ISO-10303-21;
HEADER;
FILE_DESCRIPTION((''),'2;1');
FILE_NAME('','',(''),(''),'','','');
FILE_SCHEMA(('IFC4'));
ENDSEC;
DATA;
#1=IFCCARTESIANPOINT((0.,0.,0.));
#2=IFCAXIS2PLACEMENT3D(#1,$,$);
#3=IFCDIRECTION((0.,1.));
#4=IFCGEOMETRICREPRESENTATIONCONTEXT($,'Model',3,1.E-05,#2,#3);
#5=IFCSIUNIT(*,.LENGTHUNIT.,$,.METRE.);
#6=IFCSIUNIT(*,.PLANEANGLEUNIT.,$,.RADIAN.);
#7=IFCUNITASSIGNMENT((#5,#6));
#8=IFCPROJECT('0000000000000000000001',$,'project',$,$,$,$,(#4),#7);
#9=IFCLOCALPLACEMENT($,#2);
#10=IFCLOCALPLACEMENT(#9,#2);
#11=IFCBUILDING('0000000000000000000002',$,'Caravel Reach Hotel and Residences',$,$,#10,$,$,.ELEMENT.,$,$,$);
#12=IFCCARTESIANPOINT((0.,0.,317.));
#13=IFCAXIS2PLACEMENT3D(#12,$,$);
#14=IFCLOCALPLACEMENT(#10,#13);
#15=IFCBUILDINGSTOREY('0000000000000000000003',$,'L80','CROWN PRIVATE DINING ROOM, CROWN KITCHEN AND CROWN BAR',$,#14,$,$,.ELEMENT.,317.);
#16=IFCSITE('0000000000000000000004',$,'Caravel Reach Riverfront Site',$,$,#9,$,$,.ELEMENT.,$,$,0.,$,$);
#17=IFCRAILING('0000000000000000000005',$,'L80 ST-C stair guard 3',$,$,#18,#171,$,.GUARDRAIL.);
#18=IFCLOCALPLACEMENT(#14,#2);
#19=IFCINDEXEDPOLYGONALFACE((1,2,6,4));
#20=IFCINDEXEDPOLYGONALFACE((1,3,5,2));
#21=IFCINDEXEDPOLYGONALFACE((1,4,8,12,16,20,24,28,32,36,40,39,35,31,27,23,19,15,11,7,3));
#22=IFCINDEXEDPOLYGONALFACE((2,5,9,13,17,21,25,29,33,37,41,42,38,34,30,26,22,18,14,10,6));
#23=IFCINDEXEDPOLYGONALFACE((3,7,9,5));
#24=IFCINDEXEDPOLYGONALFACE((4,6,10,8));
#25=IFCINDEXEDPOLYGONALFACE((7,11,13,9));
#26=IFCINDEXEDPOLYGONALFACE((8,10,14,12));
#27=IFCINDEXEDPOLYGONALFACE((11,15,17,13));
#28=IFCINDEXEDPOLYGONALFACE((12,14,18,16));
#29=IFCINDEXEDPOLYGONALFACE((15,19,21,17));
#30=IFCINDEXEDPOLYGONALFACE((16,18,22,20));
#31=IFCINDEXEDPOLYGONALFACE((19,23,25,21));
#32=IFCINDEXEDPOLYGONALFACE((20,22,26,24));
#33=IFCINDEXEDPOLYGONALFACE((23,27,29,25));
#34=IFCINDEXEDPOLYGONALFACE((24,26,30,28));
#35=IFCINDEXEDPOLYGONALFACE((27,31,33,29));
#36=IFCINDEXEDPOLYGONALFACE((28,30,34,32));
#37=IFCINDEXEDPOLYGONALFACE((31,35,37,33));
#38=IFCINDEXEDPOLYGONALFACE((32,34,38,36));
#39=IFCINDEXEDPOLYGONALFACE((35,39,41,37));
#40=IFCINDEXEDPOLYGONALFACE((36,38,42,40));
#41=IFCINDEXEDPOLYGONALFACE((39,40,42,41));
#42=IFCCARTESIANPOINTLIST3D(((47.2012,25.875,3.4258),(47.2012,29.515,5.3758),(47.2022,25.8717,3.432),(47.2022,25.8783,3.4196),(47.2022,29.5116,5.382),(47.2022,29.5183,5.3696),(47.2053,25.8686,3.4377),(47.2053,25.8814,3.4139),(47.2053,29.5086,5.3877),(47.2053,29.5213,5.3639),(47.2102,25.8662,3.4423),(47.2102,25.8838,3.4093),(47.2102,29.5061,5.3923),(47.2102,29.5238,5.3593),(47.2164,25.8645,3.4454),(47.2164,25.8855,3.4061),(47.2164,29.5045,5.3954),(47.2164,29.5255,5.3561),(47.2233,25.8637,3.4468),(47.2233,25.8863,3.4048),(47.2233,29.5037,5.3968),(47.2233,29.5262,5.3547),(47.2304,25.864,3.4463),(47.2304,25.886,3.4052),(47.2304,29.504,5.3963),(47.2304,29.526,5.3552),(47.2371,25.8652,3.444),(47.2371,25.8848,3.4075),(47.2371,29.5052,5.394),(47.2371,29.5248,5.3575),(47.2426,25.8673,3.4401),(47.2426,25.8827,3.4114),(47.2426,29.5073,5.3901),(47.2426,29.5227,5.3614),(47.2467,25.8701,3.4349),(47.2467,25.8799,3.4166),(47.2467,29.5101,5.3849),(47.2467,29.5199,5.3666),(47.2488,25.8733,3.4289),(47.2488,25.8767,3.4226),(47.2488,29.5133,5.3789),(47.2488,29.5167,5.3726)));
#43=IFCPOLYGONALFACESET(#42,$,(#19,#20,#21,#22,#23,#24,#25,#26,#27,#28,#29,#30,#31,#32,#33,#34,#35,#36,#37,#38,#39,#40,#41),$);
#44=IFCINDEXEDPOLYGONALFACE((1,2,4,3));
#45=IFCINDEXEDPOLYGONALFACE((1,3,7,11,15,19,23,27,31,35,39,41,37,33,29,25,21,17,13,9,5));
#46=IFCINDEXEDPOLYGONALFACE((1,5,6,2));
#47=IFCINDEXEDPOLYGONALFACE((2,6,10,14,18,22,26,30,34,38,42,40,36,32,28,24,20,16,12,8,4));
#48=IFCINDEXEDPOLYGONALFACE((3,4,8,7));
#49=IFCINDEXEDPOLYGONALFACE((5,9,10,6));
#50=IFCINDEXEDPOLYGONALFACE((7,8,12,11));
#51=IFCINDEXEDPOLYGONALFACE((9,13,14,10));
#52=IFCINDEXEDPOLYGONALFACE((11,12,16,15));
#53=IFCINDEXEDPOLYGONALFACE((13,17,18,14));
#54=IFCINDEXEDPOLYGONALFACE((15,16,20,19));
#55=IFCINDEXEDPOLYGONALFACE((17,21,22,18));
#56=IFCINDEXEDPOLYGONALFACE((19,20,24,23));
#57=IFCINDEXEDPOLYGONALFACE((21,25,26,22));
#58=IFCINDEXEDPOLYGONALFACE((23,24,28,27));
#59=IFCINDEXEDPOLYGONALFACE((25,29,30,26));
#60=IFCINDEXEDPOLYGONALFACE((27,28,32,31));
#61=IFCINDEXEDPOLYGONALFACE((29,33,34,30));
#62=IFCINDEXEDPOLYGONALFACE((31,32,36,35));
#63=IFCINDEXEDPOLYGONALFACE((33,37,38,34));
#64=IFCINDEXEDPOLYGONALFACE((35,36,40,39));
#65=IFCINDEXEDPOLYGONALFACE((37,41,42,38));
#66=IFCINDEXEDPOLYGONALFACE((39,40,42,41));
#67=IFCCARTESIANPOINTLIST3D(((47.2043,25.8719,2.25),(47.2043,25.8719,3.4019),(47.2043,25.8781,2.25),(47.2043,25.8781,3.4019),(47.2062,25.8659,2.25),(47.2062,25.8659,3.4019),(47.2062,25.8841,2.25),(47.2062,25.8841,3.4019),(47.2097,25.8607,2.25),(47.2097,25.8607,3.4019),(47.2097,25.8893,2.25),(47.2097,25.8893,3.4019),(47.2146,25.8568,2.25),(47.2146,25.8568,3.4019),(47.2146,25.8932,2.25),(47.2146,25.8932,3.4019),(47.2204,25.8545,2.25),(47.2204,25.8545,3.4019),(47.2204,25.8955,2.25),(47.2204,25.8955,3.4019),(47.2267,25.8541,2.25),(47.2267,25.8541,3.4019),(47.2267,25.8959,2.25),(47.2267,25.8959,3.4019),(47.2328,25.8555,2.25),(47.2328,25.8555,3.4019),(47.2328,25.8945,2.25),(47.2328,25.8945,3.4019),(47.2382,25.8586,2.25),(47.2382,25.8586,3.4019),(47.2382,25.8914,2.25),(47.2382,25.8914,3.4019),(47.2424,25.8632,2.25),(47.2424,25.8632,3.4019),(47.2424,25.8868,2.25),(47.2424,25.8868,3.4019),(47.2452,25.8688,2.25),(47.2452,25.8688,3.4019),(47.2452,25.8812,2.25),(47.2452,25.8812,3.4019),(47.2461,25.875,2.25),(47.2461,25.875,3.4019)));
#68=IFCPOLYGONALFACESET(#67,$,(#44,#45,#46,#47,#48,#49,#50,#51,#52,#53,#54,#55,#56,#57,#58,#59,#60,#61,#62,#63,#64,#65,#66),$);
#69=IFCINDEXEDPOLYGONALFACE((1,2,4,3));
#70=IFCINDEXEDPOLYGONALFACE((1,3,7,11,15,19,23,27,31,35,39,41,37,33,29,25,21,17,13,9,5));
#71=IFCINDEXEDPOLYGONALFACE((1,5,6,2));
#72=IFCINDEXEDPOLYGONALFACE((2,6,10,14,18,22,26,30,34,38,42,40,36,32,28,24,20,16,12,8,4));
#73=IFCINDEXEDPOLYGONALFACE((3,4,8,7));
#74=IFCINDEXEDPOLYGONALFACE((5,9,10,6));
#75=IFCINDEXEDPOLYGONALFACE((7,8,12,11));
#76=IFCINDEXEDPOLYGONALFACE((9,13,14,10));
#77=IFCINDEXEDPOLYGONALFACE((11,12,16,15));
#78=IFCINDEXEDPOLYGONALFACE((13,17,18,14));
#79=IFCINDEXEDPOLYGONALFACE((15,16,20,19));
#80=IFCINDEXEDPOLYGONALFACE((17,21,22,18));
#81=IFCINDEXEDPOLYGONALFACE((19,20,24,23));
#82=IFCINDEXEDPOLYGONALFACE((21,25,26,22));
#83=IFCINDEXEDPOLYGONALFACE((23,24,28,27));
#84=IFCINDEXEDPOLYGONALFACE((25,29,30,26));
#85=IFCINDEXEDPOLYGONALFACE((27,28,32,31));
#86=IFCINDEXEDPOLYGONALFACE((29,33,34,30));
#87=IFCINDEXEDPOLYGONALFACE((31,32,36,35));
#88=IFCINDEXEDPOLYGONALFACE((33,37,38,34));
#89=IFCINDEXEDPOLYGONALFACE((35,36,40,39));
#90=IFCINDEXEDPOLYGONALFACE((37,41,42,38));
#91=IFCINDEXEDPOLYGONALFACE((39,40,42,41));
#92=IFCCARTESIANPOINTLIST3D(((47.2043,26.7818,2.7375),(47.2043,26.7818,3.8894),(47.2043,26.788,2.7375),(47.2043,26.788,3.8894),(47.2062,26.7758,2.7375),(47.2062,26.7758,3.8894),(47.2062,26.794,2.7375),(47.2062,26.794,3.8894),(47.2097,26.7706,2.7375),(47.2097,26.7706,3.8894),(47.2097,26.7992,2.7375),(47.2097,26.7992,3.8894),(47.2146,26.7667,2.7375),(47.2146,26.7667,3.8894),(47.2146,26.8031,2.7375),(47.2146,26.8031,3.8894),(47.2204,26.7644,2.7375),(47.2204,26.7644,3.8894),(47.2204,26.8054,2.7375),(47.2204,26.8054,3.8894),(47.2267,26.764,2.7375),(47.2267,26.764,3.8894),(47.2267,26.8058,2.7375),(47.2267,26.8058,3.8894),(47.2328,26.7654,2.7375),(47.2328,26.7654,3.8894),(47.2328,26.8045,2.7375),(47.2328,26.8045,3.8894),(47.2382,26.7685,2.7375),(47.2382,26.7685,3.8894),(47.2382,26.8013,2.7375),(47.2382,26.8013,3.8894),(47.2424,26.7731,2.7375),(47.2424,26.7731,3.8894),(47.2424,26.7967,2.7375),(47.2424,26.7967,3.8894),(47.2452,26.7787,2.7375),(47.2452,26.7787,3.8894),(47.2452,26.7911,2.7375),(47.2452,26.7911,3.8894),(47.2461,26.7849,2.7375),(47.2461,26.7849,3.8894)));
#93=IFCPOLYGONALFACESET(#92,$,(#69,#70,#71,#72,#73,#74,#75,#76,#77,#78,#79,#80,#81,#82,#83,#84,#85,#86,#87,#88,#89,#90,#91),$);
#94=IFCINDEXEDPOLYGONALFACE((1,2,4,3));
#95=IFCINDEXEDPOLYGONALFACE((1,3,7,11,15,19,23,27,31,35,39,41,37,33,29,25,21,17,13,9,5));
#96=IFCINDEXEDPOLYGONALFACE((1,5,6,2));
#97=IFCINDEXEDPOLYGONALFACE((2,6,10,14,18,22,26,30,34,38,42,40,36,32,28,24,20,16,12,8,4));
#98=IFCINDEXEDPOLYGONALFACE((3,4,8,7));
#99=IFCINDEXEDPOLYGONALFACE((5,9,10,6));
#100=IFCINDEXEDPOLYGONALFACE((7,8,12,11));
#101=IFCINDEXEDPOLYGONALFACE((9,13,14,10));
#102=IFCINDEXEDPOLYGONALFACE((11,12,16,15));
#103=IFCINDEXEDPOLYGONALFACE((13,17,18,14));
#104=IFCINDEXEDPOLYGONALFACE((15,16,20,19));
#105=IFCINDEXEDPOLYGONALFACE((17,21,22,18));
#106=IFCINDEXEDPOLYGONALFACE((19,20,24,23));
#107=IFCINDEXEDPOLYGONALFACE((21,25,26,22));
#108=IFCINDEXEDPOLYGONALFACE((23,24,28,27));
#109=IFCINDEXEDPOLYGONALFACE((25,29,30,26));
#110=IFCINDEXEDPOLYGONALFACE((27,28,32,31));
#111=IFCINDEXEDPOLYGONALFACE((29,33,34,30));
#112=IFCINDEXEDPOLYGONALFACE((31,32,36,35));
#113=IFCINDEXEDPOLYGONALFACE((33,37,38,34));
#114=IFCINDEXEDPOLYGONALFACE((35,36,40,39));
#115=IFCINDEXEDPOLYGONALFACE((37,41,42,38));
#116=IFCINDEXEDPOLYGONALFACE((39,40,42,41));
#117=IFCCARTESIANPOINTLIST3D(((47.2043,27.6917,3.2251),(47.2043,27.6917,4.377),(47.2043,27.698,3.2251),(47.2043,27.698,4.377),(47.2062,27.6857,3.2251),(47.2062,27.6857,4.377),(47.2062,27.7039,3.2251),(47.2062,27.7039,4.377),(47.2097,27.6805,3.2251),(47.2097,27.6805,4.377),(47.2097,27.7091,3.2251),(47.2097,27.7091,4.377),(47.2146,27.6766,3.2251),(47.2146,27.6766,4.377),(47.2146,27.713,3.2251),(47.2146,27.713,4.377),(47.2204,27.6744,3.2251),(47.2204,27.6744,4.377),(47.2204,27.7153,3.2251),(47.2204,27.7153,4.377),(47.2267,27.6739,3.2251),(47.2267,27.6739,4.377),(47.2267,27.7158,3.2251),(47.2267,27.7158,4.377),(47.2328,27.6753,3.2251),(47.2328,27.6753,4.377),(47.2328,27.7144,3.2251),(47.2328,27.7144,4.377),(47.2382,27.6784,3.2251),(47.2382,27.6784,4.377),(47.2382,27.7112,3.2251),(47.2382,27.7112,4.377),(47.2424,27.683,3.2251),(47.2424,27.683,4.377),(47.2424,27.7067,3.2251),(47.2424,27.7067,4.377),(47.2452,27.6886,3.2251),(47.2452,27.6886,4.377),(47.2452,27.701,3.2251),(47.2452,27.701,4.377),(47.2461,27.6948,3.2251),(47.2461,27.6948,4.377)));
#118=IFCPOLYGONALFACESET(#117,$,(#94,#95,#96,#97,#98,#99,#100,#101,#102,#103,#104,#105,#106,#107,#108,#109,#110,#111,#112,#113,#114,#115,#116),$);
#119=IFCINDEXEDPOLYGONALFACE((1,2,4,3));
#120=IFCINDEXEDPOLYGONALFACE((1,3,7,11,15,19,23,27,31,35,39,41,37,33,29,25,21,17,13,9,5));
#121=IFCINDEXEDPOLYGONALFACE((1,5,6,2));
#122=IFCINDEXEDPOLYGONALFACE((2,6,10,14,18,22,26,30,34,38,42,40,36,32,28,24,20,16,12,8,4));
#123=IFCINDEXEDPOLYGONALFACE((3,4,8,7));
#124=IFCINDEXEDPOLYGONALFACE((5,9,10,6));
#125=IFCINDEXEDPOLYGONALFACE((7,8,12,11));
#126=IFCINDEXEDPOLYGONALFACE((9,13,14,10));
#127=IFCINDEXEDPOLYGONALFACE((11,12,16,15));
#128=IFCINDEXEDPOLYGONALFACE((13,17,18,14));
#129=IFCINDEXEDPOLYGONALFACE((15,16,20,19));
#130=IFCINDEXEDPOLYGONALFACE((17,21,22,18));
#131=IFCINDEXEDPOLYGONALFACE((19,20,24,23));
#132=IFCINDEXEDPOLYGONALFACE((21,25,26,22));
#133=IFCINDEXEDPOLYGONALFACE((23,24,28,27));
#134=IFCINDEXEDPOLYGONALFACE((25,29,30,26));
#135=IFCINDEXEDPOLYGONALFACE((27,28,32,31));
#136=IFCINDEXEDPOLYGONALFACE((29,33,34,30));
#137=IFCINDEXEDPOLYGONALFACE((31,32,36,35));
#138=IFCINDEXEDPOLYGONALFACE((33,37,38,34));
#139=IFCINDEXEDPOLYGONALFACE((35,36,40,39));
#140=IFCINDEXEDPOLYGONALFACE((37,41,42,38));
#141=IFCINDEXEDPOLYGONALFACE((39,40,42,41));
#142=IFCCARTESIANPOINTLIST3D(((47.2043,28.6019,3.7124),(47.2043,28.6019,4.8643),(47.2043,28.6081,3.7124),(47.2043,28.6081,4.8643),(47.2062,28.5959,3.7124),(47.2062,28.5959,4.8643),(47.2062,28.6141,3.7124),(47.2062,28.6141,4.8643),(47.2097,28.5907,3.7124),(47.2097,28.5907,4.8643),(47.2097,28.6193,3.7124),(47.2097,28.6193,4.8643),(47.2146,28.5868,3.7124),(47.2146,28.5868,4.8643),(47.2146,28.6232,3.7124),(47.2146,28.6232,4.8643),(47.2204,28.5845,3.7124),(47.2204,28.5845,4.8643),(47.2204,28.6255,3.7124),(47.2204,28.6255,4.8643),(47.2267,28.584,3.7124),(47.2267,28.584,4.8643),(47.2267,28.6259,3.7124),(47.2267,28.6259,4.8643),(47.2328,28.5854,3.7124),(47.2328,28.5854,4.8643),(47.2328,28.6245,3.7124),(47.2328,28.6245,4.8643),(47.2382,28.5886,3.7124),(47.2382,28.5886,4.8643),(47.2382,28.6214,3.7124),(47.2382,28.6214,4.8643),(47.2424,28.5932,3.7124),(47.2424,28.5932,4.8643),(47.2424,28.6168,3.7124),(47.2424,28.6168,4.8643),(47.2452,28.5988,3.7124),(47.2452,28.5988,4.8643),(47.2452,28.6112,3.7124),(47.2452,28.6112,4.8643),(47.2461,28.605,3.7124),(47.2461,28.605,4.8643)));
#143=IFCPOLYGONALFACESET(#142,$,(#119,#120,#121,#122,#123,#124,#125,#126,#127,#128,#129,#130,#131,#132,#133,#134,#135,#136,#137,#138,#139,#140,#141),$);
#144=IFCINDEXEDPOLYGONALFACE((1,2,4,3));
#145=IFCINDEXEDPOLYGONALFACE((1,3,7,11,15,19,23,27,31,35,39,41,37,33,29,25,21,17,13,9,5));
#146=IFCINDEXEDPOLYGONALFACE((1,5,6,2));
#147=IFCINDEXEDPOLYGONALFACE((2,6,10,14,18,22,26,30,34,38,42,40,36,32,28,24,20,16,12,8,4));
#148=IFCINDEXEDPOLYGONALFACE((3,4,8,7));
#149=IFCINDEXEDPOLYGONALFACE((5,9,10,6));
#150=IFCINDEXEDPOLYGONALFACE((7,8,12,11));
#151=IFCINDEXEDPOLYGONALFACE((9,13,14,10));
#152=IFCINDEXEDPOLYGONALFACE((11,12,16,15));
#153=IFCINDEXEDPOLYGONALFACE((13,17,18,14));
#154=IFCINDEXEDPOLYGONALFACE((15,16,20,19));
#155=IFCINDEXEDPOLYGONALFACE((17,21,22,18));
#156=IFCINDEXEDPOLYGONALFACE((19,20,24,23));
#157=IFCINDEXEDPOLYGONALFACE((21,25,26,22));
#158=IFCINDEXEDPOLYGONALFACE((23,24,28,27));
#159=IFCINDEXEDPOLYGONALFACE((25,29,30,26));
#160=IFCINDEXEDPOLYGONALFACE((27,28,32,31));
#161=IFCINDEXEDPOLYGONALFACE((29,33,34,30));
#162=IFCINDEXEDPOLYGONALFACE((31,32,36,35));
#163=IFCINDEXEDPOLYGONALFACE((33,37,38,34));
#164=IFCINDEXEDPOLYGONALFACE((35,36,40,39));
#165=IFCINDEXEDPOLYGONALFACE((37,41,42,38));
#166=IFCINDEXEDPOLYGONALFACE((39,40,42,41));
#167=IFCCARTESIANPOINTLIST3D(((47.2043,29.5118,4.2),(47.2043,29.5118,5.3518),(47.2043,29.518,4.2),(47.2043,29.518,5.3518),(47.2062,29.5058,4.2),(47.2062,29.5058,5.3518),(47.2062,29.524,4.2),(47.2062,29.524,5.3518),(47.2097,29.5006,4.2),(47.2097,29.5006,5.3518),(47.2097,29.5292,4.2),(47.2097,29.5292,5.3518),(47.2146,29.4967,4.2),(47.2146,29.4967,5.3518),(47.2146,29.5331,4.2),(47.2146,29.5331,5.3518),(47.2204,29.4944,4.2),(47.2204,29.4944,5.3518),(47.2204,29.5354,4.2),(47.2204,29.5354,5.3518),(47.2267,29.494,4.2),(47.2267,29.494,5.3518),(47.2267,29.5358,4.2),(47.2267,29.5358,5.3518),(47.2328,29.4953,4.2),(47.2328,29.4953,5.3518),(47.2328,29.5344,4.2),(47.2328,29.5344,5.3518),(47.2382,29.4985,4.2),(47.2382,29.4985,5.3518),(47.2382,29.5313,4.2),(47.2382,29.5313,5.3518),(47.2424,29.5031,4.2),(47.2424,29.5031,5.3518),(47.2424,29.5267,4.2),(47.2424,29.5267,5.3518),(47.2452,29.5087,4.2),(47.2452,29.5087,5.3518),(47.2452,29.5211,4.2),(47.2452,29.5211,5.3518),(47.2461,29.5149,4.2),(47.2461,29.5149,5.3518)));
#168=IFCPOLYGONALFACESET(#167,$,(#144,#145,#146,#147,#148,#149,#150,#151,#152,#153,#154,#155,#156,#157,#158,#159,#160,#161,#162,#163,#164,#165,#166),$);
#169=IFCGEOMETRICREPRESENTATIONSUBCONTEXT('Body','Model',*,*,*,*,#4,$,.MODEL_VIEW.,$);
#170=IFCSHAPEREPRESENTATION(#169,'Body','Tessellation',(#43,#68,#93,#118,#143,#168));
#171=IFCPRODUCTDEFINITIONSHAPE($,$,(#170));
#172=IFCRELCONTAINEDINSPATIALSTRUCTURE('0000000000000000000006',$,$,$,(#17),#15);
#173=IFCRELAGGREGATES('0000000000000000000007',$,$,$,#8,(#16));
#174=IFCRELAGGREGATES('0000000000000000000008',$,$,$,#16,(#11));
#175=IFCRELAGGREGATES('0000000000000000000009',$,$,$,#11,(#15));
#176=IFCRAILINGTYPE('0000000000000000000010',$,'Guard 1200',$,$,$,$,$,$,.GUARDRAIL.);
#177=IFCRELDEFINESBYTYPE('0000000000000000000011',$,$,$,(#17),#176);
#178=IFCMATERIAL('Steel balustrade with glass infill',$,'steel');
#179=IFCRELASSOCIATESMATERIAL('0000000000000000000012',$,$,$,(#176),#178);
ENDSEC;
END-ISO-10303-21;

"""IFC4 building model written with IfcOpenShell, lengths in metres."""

from ifc_helpers import new_model, si_unit, direction, frame, origin, origin_2d, place, context, subcontext, project, spatial, circle, extrude, material, type_object, element, save


model = new_model("IFC4")

# Units and contexts
model_context = context("Model", 3, precision=1e-05, world=origin(), true_north=direction((0.0, 1.0)))
body_context = subcontext(model_context, "Body", "Model", "MODEL_VIEW")
ifc_project = project(units=[si_unit("LENGTHUNIT", "METRE"), si_unit("PLANEANGLEUNIT", "RADIAN")], contexts=[model_context])

# Site, building, storey
site_placement = place(None, origin())
site = spatial("IfcSite", under=ifc_project, at=site_placement, Name="Caravel Reach Riverfront Site", CompositionType="ELEMENT", RefElevation=0.0)
building_placement = place(site_placement, origin())
building = spatial("IfcBuilding", under=site, at=building_placement, Name="Caravel Reach Hotel and Residences", CompositionType="ELEMENT")
storey_placement = place(building_placement, frame((0.0, 0.0, 317.0)))
storey = spatial("IfcBuildingStorey", under=building, at=storey_placement, Name="L80", Description="CROWN PRIVATE DINING ROOM, CROWN KITCHEN AND CROWN BAR", CompositionType="ELEMENT", Elevation=317.0)

# Railing
ifc_material_1 = material(Name="Steel balustrade with glass infill", Category="steel")
railing_type_1 = type_object("IfcRailingType", Name="Guard 1200", PredefinedType="GUARDRAIL", material=ifc_material_1)
railing_1_placement = place(storey_placement, frame((47.2251, 25.875, 2.25)))
element("IfcRailing", 1, at=railing_1_placement, inside=storey, type_object=railing_type_1, Name="L80 ST-C stair guard 3", PredefinedType="GUARDRAIL", context=body_context, shape_type="SweptSolid", body=[
    extrude(circle(Radius=0.0239, at=origin_2d()), frame((0.0, 0.0, 1.1758), z_axis=(0.0, 0.881479, 0.472223), x_axis=(-1.0, 0.0, 0.0)), (0.0, 0.0, 1.0), 4.1294),
    extrude(circle(Radius=0.021, at=origin_2d()), origin(), (0.0, 0.0, 1.0), 1.1519),
    extrude(circle(Radius=0.021, at=origin_2d()), frame((0.0, 0.9099, 0.4875)), (0.0, 0.0, 1.0), 1.1519),
    extrude(circle(Radius=0.021, at=origin_2d()), frame((0.0, 1.8198, 0.9751)), (0.0, 0.0, 1.0), 1.1519),
    extrude(circle(Radius=0.021, at=origin_2d()), frame((0.0, 2.73, 1.4624)), (0.0, 0.0, 1.0), 1.1519),
    extrude(circle(Radius=0.021, at=origin_2d()), frame((0.0, 3.6399, 1.95)), (0.0, 0.0, 1.0), 1.1519),
])

save(model, "model.ifc")
